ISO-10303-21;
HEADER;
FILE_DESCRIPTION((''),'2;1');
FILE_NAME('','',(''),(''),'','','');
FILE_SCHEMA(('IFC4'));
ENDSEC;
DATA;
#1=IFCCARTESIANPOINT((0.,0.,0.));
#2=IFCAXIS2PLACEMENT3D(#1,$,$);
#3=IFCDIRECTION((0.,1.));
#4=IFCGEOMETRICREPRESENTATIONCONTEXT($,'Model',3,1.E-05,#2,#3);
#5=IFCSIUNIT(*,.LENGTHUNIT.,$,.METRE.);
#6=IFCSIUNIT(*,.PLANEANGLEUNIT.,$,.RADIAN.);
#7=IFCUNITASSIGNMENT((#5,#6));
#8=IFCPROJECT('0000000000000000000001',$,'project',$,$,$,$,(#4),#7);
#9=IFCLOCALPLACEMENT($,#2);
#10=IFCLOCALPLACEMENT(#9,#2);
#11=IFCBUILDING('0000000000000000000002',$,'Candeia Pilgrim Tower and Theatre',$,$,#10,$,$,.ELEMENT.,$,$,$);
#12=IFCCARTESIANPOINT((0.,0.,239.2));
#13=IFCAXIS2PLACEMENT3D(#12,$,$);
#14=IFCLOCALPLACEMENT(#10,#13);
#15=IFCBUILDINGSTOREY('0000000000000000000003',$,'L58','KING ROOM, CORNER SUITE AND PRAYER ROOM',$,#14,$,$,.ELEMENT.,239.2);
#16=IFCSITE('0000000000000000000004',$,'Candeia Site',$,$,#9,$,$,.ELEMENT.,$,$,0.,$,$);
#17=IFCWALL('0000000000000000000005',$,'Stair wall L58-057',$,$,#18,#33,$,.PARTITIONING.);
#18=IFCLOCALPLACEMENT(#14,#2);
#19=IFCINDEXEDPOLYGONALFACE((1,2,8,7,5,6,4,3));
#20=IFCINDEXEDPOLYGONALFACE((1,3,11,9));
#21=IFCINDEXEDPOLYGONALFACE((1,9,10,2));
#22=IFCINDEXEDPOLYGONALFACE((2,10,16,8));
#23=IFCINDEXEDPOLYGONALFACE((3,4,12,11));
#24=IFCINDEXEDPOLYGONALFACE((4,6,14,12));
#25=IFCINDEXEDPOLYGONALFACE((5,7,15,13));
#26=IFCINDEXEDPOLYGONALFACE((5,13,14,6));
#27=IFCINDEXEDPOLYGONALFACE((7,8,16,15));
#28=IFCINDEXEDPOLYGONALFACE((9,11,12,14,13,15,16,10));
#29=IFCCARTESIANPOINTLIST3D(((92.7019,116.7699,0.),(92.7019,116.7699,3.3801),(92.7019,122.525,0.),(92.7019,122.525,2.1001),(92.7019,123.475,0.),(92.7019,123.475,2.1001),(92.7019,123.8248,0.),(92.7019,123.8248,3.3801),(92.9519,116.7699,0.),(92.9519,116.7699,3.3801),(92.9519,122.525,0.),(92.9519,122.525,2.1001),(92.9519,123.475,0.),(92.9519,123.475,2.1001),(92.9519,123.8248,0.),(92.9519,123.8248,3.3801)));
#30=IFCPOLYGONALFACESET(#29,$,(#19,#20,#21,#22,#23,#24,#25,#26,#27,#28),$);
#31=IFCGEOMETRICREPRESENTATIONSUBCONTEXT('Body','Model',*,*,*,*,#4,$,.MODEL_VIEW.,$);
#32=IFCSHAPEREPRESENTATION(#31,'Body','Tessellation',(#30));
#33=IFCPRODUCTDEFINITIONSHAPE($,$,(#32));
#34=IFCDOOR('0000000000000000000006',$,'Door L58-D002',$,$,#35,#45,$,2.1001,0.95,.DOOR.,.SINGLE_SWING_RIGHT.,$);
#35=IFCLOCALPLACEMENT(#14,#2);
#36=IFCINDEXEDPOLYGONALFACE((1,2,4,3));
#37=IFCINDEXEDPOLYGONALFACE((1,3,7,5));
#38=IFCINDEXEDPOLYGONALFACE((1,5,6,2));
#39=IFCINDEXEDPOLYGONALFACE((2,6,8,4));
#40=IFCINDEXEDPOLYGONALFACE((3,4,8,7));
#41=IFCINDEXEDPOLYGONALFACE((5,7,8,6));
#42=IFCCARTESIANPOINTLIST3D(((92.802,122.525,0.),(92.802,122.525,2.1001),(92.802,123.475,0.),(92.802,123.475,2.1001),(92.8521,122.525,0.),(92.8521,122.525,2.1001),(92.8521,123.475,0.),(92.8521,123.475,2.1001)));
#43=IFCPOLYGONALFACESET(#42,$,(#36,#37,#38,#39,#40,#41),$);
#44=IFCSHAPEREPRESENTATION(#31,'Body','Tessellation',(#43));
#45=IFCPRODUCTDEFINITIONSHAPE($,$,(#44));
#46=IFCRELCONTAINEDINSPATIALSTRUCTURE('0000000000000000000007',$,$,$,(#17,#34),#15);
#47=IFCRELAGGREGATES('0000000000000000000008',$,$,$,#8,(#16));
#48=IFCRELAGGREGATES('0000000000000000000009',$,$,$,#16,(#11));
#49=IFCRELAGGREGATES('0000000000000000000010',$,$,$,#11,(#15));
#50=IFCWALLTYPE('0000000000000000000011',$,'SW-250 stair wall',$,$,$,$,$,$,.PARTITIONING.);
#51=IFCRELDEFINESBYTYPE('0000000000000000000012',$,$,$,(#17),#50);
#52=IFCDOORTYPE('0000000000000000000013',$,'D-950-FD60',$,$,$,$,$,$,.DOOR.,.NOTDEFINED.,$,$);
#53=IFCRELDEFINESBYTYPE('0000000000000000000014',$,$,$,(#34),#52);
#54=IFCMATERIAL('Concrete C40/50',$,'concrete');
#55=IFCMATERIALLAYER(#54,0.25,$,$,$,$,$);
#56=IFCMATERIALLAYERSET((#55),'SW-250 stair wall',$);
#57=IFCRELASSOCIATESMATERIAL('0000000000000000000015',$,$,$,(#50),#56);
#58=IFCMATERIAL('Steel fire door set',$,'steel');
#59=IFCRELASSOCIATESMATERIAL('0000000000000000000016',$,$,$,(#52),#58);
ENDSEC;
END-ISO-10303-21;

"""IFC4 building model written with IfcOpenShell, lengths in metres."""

from ifc_helpers import new_model, si_unit, direction, frame, frame_2d, origin, place, context, subcontext, project, spatial, rectangle, extrude, material, layer, layer_set, type_object, element, fill, save


model = new_model("IFC4")

# Units and contexts
model_context = context("Model", 3, precision=1e-05, world=origin(), true_north=direction((0.0, 1.0)))
body_context = subcontext(model_context, "Body", "Model", "MODEL_VIEW")
ifc_project = project(units=[si_unit("LENGTHUNIT", "METRE"), si_unit("PLANEANGLEUNIT", "RADIAN")], contexts=[model_context])

# Site, building, storey
site_placement = place(None, origin())
site = spatial("IfcSite", under=ifc_project, at=site_placement, Name="Candeia Site", CompositionType="ELEMENT", RefElevation=0.0)
building_placement = place(site_placement, origin())
building = spatial("IfcBuilding", under=site, at=building_placement, Name="Candeia Pilgrim Tower and Theatre", CompositionType="ELEMENT")
storey_placement = place(building_placement, frame((0.0, 0.0, 239.2)))
storey = spatial("IfcBuildingStorey", under=building, at=storey_placement, Name="L58", Description="KING ROOM, CORNER SUITE AND PRAYER ROOM", CompositionType="ELEMENT", Elevation=239.2)

# Shared definitions
ifc_material_1 = material(Name="Concrete C40/50", Category="concrete")
ifc_material_2 = material(Name="Steel fire door set", Category="steel")

# Wall, opening, door
ifc_layer_1 = layer(ifc_material_1, 0.25)
ifc_layer_set_1 = layer_set([ifc_layer_1], Name="SW-250 stair wall")
wall_type_1 = type_object("IfcWallType", Name="SW-250 stair wall", PredefinedType="PARTITIONING", material=ifc_layer_set_1)
wall_1_placement = place(storey_placement, frame((92.8269, 116.77, 0.0), z_axis=(0.0, 0.0, 1.0), x_axis=(0.0, 1.0, 0.0)))
wall_1 = element("IfcWall", 1, at=wall_1_placement, inside=storey, type_object=wall_type_1, Name="Stair wall L58-057", PredefinedType="PARTITIONING", context=body_context, shape_type="SweptSolid", body=[
    extrude(rectangle(XDim=7.0549, YDim=0.25, at=frame_2d((3.5273, 0.0))), origin(), (0.0, 0.0, 1.0), 3.3801),
])
opening_1_placement = place(wall_1_placement, frame((5.7549, 0.0, 0.0)))
opening_1 = element("IfcOpeningElement", 2, at=opening_1_placement, cuts=wall_1, PredefinedType="OPENING", context=body_context, shape_type="SweptSolid", body=[
    extrude(rectangle(XDim=0.95, YDim=2.1001, at=frame_2d((0.4751, 1.05))), frame((0.0, 0.135, 0.0), z_axis=(0.0, -1.0, 0.0), x_axis=(1.0, 0.0, 0.0)), (0.0, 0.0, 1.0), 0.27),
])
door_type_1 = type_object("IfcDoorType", Name="D-950-FD60", OperationType="NOTDEFINED", PredefinedType="DOOR", material=ifc_material_2)
door_1_placement = place(opening_1_placement, origin())
door_1 = element("IfcDoor", 3, at=door_1_placement, inside=storey, type_object=door_type_1, Name="Door L58-D002", OperationType="SINGLE_SWING_RIGHT", OverallHeight=2.1001, OverallWidth=0.95, PredefinedType="DOOR", context=body_context, shape_type="SweptSolid", body=[
    extrude(rectangle(XDim=0.95, YDim=2.1001, at=frame_2d((0.4751, 1.05))), frame((0.0, 0.0249, 0.0), z_axis=(0.0, -1.0, 0.0), x_axis=(1.0, 0.0, 0.0)), (0.0, 0.0, 1.0), 0.05),
])
fill(opening_1, door_1)

save(model, "model.ifc")
